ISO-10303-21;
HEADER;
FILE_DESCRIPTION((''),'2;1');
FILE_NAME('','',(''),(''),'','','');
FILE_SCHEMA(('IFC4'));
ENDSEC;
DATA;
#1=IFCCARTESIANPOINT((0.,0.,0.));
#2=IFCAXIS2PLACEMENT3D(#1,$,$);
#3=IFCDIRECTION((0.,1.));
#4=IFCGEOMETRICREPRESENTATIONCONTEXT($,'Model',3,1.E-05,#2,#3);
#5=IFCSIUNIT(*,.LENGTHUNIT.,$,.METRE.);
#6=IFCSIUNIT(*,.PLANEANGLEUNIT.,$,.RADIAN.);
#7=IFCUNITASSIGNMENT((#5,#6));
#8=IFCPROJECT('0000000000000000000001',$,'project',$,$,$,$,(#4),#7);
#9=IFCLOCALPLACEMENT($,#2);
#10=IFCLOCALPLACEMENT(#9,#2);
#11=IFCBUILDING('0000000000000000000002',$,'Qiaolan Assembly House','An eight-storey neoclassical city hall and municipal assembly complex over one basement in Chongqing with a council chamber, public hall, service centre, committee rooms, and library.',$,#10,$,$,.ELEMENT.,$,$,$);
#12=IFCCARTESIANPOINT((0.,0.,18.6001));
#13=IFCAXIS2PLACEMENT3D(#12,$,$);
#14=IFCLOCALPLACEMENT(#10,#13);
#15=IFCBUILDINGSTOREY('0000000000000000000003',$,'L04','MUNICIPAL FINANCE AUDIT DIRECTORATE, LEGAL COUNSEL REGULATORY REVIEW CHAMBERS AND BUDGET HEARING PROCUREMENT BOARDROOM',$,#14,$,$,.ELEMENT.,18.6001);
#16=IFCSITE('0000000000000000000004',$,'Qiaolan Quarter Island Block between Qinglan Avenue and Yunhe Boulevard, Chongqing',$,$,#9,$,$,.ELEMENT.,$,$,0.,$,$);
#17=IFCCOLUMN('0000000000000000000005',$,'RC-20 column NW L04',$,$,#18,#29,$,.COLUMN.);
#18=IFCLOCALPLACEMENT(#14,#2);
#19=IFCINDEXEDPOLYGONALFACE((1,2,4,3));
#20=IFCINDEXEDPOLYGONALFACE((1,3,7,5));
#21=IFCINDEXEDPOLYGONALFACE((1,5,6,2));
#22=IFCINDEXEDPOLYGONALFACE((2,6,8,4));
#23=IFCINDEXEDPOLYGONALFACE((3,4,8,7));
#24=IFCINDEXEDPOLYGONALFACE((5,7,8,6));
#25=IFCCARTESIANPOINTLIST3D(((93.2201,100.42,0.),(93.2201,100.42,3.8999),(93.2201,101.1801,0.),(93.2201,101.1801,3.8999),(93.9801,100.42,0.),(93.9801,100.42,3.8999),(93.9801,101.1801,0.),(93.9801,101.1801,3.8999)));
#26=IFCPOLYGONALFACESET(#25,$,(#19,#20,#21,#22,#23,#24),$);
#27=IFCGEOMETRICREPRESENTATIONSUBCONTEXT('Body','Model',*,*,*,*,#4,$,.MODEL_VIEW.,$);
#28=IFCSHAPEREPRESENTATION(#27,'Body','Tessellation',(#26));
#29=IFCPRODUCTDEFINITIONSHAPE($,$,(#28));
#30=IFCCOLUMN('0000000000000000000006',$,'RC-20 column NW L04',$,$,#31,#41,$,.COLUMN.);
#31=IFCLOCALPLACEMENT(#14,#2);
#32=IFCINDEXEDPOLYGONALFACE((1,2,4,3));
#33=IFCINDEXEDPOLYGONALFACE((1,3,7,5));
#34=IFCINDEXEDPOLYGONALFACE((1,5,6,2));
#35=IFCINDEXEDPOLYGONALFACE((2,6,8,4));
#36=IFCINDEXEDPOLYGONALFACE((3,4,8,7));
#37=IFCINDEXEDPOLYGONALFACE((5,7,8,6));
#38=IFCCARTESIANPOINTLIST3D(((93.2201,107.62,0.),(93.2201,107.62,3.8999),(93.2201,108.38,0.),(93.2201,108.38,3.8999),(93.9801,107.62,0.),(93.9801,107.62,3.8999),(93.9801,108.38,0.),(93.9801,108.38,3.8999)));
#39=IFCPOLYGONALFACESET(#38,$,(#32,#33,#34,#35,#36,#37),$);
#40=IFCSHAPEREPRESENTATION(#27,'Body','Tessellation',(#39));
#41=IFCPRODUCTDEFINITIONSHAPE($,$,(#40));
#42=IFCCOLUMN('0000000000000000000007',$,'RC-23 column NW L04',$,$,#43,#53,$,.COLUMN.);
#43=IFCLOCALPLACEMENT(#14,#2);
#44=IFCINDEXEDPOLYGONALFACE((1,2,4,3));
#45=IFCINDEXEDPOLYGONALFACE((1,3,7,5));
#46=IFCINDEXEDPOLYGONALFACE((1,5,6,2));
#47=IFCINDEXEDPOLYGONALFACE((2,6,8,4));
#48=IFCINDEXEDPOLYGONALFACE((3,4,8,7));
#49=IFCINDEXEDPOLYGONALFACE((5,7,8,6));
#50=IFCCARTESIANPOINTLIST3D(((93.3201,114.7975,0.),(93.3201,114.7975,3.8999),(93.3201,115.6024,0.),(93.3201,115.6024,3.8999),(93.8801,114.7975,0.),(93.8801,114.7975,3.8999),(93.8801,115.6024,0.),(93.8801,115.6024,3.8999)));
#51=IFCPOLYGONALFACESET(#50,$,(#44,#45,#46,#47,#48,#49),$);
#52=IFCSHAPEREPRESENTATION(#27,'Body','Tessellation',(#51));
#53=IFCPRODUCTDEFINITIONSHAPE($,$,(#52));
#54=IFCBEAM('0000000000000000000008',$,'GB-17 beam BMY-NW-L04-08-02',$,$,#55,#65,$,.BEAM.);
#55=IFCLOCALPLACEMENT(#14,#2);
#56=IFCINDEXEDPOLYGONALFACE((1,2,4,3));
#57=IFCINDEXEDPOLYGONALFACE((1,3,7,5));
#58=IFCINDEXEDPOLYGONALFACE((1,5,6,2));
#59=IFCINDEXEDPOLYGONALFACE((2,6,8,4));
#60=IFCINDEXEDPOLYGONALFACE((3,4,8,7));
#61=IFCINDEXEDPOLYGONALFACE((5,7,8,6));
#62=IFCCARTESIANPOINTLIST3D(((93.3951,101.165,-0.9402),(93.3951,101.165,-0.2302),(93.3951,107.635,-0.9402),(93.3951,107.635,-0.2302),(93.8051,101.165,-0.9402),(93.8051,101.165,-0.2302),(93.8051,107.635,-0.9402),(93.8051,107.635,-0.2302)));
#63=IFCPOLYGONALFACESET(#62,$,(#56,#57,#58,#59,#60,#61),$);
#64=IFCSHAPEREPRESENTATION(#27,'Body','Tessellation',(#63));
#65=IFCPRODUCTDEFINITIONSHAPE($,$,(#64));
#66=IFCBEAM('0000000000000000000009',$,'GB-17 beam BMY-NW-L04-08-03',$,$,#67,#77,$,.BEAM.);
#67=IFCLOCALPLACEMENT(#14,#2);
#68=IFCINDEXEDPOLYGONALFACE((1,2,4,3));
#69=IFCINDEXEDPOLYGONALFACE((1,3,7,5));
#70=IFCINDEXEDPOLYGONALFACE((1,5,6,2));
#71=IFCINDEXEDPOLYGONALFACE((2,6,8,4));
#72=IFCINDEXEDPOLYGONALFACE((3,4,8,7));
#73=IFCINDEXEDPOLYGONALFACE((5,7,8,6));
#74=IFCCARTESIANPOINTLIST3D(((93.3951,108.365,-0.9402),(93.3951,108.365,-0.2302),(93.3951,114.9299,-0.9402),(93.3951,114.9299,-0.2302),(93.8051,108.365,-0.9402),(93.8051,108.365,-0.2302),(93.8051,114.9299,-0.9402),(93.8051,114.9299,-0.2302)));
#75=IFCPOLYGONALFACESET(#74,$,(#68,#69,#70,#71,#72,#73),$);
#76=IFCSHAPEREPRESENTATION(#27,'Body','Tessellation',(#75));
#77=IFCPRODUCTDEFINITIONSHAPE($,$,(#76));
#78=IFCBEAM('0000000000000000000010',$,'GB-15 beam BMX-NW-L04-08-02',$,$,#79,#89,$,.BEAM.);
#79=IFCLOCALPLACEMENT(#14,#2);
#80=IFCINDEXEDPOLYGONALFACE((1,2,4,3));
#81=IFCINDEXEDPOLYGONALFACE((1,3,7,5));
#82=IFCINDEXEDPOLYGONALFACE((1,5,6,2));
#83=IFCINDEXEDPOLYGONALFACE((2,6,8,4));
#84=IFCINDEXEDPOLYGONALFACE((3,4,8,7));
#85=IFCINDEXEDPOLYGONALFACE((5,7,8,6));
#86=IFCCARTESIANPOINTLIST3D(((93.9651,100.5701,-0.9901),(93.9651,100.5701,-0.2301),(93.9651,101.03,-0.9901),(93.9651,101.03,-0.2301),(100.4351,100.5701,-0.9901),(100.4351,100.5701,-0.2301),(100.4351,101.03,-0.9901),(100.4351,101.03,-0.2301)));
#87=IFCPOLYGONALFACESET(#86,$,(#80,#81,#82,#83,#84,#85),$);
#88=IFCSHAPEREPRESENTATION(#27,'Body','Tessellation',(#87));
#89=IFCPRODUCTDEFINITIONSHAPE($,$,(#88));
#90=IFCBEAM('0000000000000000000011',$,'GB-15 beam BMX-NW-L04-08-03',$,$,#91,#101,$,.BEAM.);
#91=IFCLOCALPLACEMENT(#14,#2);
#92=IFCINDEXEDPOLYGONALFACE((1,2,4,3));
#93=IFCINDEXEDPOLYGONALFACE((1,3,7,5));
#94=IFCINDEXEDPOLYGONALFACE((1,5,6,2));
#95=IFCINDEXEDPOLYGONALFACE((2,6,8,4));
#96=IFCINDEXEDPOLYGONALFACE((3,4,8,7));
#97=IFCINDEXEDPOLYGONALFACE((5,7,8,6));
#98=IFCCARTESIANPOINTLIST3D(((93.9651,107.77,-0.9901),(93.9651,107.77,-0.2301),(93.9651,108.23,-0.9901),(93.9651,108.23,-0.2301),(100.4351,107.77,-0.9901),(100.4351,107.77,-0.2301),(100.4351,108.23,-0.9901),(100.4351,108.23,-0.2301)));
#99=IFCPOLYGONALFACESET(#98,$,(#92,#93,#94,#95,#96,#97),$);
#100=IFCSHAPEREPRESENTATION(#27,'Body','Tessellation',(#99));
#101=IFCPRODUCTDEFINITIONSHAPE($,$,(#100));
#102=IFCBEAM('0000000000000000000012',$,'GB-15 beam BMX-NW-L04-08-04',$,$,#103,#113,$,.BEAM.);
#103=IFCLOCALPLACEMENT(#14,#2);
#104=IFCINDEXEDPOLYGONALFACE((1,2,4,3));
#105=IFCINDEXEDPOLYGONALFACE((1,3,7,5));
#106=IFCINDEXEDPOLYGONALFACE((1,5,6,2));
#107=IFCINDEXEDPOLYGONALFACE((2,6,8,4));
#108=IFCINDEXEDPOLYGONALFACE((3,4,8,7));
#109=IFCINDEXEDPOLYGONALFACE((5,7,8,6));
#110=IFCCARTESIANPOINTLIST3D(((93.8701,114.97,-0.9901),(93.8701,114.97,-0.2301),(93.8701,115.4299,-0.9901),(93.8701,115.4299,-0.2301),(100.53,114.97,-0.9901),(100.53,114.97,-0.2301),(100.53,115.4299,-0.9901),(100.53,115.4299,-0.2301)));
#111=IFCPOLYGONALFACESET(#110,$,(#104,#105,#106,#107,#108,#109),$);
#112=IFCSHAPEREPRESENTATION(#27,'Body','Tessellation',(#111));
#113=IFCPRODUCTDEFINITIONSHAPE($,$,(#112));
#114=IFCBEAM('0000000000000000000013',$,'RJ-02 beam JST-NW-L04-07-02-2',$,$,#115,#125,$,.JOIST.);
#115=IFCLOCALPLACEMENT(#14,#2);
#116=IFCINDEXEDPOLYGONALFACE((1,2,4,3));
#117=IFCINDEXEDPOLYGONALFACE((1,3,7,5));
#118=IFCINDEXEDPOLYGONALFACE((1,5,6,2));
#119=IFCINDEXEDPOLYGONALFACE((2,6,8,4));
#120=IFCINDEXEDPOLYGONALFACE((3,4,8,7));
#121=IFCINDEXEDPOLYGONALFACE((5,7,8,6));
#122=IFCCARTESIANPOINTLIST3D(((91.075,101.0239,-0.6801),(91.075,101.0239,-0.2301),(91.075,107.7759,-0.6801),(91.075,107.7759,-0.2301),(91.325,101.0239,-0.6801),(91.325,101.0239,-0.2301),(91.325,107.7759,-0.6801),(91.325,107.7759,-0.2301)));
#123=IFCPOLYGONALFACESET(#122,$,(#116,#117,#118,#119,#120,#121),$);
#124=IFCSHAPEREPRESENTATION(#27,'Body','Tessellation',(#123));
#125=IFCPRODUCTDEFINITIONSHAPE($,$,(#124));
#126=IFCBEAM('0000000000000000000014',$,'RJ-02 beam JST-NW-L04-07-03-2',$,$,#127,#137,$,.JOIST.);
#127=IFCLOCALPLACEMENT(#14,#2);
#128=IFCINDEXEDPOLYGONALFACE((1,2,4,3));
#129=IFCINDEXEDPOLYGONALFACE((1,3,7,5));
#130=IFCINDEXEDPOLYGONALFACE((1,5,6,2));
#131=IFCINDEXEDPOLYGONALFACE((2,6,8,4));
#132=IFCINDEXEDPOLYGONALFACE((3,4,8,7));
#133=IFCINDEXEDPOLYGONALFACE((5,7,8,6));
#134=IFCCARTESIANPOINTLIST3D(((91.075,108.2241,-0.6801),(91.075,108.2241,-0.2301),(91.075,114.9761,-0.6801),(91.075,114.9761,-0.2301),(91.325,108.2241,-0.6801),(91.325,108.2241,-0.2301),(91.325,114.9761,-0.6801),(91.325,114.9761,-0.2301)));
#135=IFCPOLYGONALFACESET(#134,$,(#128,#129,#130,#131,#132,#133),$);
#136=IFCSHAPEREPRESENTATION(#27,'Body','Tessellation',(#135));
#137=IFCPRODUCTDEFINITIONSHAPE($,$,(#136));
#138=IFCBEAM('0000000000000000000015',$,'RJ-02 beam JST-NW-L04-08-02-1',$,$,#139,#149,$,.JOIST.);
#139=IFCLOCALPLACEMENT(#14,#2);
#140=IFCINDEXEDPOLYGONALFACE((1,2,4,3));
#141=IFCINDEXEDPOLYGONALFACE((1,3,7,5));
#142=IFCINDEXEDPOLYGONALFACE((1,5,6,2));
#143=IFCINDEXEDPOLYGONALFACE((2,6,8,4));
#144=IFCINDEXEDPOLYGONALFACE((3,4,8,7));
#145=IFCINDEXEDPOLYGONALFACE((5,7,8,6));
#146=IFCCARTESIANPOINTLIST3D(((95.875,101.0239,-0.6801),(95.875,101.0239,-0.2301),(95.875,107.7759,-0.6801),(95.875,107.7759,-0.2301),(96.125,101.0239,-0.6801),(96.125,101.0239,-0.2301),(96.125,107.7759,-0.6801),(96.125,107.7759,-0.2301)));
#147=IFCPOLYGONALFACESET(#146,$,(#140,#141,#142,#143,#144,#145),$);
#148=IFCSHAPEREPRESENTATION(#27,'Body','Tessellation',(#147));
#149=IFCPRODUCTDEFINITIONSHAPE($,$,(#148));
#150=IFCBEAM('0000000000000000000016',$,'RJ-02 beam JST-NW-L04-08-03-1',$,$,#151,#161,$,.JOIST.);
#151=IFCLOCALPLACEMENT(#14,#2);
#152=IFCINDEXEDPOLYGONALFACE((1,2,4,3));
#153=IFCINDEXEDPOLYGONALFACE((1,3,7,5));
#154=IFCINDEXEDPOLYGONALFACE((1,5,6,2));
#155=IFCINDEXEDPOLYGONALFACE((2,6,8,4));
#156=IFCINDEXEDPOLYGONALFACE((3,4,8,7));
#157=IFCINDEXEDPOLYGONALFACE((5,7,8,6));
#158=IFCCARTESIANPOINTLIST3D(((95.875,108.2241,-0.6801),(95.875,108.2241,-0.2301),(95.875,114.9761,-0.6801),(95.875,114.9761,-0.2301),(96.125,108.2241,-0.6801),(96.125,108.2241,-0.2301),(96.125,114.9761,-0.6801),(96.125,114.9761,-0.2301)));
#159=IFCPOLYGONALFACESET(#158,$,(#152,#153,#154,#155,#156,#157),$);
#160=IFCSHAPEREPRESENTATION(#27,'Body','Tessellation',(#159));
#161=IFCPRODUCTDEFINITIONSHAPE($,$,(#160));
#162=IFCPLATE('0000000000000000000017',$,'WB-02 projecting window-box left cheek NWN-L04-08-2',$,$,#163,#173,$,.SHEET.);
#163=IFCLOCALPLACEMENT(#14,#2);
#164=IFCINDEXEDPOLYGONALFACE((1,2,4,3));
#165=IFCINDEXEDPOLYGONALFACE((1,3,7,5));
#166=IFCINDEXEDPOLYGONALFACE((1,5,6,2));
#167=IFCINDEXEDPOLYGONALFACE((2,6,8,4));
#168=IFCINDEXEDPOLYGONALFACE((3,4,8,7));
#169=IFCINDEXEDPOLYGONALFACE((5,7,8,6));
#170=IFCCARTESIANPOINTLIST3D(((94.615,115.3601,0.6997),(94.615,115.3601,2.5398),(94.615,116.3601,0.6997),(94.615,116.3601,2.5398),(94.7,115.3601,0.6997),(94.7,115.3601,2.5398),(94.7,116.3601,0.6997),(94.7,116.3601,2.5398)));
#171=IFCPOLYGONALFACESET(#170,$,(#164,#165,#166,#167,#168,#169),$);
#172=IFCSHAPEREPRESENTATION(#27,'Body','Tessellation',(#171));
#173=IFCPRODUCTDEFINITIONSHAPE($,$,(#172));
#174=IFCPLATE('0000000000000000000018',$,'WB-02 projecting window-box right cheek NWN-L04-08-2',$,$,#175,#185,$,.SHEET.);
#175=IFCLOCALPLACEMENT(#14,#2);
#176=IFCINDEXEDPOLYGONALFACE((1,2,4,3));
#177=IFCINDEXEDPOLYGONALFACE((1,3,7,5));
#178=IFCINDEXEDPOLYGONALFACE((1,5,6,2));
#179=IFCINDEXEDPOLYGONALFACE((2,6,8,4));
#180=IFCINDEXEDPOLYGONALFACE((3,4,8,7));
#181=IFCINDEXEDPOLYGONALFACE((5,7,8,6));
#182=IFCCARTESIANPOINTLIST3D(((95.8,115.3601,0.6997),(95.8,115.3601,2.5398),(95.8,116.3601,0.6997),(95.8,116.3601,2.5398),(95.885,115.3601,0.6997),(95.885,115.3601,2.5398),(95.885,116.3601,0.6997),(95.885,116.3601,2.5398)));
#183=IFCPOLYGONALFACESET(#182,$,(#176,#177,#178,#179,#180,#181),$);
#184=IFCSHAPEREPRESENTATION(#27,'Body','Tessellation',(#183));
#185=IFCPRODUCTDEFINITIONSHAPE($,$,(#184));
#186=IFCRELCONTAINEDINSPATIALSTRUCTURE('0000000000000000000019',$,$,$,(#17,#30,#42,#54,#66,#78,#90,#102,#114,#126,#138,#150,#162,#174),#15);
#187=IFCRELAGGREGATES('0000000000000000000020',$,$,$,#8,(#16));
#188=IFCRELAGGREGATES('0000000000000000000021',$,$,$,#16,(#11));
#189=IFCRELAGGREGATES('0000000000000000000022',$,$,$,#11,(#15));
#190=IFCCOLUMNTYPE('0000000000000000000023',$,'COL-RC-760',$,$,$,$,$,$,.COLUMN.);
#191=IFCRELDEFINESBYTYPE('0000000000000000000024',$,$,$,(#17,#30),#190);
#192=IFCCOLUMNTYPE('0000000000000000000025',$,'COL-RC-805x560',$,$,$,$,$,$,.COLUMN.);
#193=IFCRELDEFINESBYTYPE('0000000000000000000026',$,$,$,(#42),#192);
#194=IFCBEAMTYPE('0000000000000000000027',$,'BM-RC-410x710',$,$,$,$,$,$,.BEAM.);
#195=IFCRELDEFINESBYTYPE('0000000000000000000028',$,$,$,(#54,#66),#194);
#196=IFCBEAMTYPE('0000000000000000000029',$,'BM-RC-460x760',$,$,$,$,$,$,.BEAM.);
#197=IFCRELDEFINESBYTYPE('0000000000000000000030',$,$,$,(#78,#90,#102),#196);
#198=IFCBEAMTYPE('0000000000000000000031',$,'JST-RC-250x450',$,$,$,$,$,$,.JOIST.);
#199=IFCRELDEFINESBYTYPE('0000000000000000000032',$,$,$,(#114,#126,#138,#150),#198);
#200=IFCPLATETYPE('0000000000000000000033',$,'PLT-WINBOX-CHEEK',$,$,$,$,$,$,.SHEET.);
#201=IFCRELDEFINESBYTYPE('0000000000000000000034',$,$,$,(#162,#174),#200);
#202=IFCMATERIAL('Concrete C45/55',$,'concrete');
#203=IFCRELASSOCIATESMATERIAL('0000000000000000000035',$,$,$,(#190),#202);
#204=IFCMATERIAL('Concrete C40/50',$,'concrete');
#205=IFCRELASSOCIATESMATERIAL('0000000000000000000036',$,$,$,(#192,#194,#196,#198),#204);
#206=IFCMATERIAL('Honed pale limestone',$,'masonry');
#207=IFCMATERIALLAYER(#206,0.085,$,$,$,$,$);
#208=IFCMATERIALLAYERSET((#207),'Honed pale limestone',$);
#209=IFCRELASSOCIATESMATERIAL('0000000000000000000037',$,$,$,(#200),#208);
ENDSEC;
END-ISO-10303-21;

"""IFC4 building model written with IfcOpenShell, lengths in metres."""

from ifc_helpers import new_model, si_unit, direction, frame, origin, origin_2d, place, context, subcontext, project, spatial, rectangle, extrude, material, layer, layer_set, material_profile, profile_set, type_object, element, save


model = new_model("IFC4")

# Units and contexts
model_context = context("Model", 3, precision=1e-05, world=origin(), true_north=direction((0.0, 1.0)))
body_context = subcontext(model_context, "Body", "Model", "MODEL_VIEW")
ifc_project = project(units=[si_unit("LENGTHUNIT", "METRE"), si_unit("PLANEANGLEUNIT", "RADIAN")], contexts=[model_context])

# Site, building, storey
site_placement = place(None, origin())
site = spatial("IfcSite", under=ifc_project, at=site_placement, Name="Qiaolan Quarter Island Block between Qinglan Avenue and Yunhe Boulevard, Chongqing", CompositionType="ELEMENT", RefElevation=0.0)
building_placement = place(site_placement, origin())
building = spatial("IfcBuilding", under=site, at=building_placement, Name="Qiaolan Assembly House", Description="An eight-storey neoclassical city hall and municipal assembly complex over one basement in Chongqing with a council chamber, public hall, service centre, committee rooms, and library.", CompositionType="ELEMENT")
storey_placement = place(building_placement, frame((0.0, 0.0, 18.6001)))
storey = spatial("IfcBuildingStorey", under=building, at=storey_placement, Name="L04", Description="MUNICIPAL FINANCE AUDIT DIRECTORATE, LEGAL COUNSEL REGULATORY REVIEW CHAMBERS AND BUDGET HEARING PROCUREMENT BOARDROOM", CompositionType="ELEMENT", Elevation=18.6001)

# Columns
ifc_material_1 = material(Name="Concrete C45/55", Category="concrete")
ifc_material_profile_1 = material_profile(ifc_material_1, rectangle(XDim=0.76, YDim=0.76, at=origin_2d()), Name="RC 760x760")
ifc_profile_set_1 = profile_set([ifc_material_profile_1], Name="Concrete C45/55")
column_type_1 = type_object("IfcColumnType", Name="COL-RC-760", PredefinedType="COLUMN", material=ifc_profile_set_1)
for number, where, z_axis, x_axis, name in (
    (1, (93.6001, 100.8, 0.0), (0.0, 0.0, 1.0), (1.0, 0.0, 0.0), "RC-20 column NW L04"),
    (2, (93.6001, 108.0, 0.0), (0.0, 0.0, 1.0), (1.0, 0.0, 0.0), "RC-20 column NW L04"),
):
    element("IfcColumn", number, at=place(storey_placement, frame(where, z_axis=z_axis, x_axis=x_axis)), inside=storey, type_object=column_type_1, Name=name, PredefinedType="COLUMN", context=body_context, shape_type="SweptSolid", body=[
        extrude(rectangle(XDim=0.76, YDim=0.76, at=origin_2d()), origin(), (0.0, 0.0, 1.0), 3.8999),
    ])
ifc_material_2 = material(Name="Concrete C40/50", Category="concrete")
ifc_material_profile_2 = material_profile(ifc_material_2, rectangle(XDim=0.5601, YDim=0.8049, at=origin_2d()), Name="RC 805x560")
ifc_profile_set_2 = profile_set([ifc_material_profile_2], Name="Concrete C40/50")
column_type_2 = type_object("IfcColumnType", Name="COL-RC-805x560", PredefinedType="COLUMN", material=ifc_profile_set_2)
column_placement = place(storey_placement, frame((93.6001, 115.2, 0.0), z_axis=(0.0, 0.0, 1.0), x_axis=(1.0, 0.0, 0.0)))
element("IfcColumn", 3, at=column_placement, inside=storey, type_object=column_type_2, Name="RC-23 column NW L04", PredefinedType="COLUMN", context=body_context, shape_type="SweptSolid", body=[
    extrude(rectangle(XDim=0.5601, YDim=0.8049, at=origin_2d()), origin(), (0.0, 0.0, 1.0), 3.8999),
])

# Beams
ifc_material_profile_3 = material_profile(ifc_material_2, rectangle(XDim=0.4099, YDim=0.71, at=origin_2d()), Name="RCB 410x710")
ifc_profile_set_3 = profile_set([ifc_material_profile_3], Name="Concrete C40/50")
beam_type_1 = type_object("IfcBeamType", Name="BM-RC-410x710", PredefinedType="BEAM", material=ifc_profile_set_3)
beam_1_placement = place(storey_placement, frame((93.6001, 101.165, -0.5852), z_axis=(0.0, 1.0, 0.0), x_axis=(-1.0, 0.0, 0.0)))
element("IfcBeam", 4, at=beam_1_placement, inside=storey, type_object=beam_type_1, Name="GB-17 beam BMY-NW-L04-08-02", PredefinedType="BEAM", context=body_context, shape_type="SweptSolid", body=[
    extrude(rectangle(XDim=0.4099, YDim=0.71, at=origin_2d()), origin(), (0.0, 0.0, 1.0), 6.47),
])
beam_2_placement = place(storey_placement, frame((93.6001, 108.365, -0.5852), z_axis=(0.0, 1.0, 0.0), x_axis=(-1.0, 0.0, 0.0)))
element("IfcBeam", 5, at=beam_2_placement, inside=storey, type_object=beam_type_1, Name="GB-17 beam BMY-NW-L04-08-03", PredefinedType="BEAM", context=body_context, shape_type="SweptSolid", body=[
    extrude(rectangle(XDim=0.4099, YDim=0.71, at=origin_2d()), origin(), (0.0, 0.0, 1.0), 6.5649),
])
ifc_material_profile_4 = material_profile(ifc_material_2, rectangle(XDim=0.46, YDim=0.76, at=origin_2d()), Name="RCB 460x760")
ifc_profile_set_4 = profile_set([ifc_material_profile_4], Name="Concrete C40/50")
beam_type_2 = type_object("IfcBeamType", Name="BM-RC-460x760", PredefinedType="BEAM", material=ifc_profile_set_4)
for number, where, z_axis, x_axis, name in (
    (6, (93.9651, 100.8, -0.6101), (1.0, 0.0, 0.0), (0.0, 1.0, 0.0), "GB-15 beam BMX-NW-L04-08-02"),
    (7, (93.9651, 108.0, -0.6101), (1.0, 0.0, 0.0), (0.0, 1.0, 0.0), "GB-15 beam BMX-NW-L04-08-03"),
):
    element("IfcBeam", number, at=place(storey_placement, frame(where, z_axis=z_axis, x_axis=x_axis)), inside=storey, type_object=beam_type_2, Name=name, PredefinedType="BEAM", context=body_context, shape_type="SweptSolid", body=[
        extrude(rectangle(XDim=0.46, YDim=0.76, at=origin_2d()), origin(), (0.0, 0.0, 1.0), 6.47),
    ])
beam_3_placement = place(storey_placement, frame((93.8701, 115.2, -0.6101), z_axis=(1.0, 0.0, 0.0), x_axis=(0.0, 1.0, 0.0)))
element("IfcBeam", 8, at=beam_3_placement, inside=storey, type_object=beam_type_2, Name="GB-15 beam BMX-NW-L04-08-04", PredefinedType="BEAM", context=body_context, shape_type="SweptSolid", body=[
    extrude(rectangle(XDim=0.46, YDim=0.76, at=origin_2d()), origin(), (0.0, 0.0, 1.0), 6.6599),
])
ifc_material_profile_5 = material_profile(ifc_material_2, rectangle(XDim=0.25, YDim=0.45, at=origin_2d()), Name="RCB 250x450")
ifc_profile_set_5 = profile_set([ifc_material_profile_5], Name="Concrete C40/50")
beam_type_3 = type_object("IfcBeamType", Name="JST-RC-250x450", PredefinedType="JOIST", material=ifc_profile_set_5)
for number, where, z_axis, x_axis, name in (
    (9, (91.2, 101.0239, -0.4551), (0.0, 1.0, 0.0), (-1.0, 0.0, 0.0), "RJ-02 beam JST-NW-L04-07-02-2"),
    (10, (91.2, 108.2241, -0.4551), (0.0, 1.0, 0.0), (-1.0, 0.0, 0.0), "RJ-02 beam JST-NW-L04-07-03-2"),
    (11, (96.0, 101.0239, -0.4551), (0.0, 1.0, 0.0), (-1.0, 0.0, 0.0), "RJ-02 beam JST-NW-L04-08-02-1"),
    (12, (96.0, 108.2241, -0.4551), (0.0, 1.0, 0.0), (-1.0, 0.0, 0.0), "RJ-02 beam JST-NW-L04-08-03-1"),
):
    element("IfcBeam", number, at=place(storey_placement, frame(where, z_axis=z_axis, x_axis=x_axis)), inside=storey, type_object=beam_type_3, Name=name, PredefinedType="JOIST", context=body_context, shape_type="SweptSolid", body=[
        extrude(rectangle(XDim=0.25, YDim=0.45, at=origin_2d()), origin(), (0.0, 0.0, 1.0), 6.752),
    ])

# Plates
ifc_material_3 = material(Name="Honed pale limestone", Category="masonry")
ifc_layer_1 = layer(ifc_material_3, 0.085)
ifc_layer_set_1 = layer_set([ifc_layer_1], Name="Honed pale limestone")
plate_type = type_object("IfcPlateType", Name="PLT-WINBOX-CHEEK", PredefinedType="SHEET", material=ifc_layer_set_1)
for number, where, z_axis, x_axis, name in (
    (13, (94.6575, 115.8601, 0.6997), (0.0, 0.0, 1.0), (1.0, 0.0, 0.0), "WB-02 projecting window-box left cheek NWN-L04-08-2"),
    (14, (95.8425, 115.8601, 0.6997), (0.0, 0.0, 1.0), (1.0, 0.0, 0.0), "WB-02 projecting window-box right cheek NWN-L04-08-2"),
):
    element("IfcPlate", number, at=place(storey_placement, frame(where, z_axis=z_axis, x_axis=x_axis)), inside=storey, type_object=plate_type, Name=name, PredefinedType="SHEET", context=body_context, shape_type="SweptSolid", body=[
        extrude(rectangle(XDim=0.085, YDim=1.0, at=origin_2d()), origin(), (0.0, 0.0, 1.0), 1.8401),
    ])

save(model, "model.ifc")
